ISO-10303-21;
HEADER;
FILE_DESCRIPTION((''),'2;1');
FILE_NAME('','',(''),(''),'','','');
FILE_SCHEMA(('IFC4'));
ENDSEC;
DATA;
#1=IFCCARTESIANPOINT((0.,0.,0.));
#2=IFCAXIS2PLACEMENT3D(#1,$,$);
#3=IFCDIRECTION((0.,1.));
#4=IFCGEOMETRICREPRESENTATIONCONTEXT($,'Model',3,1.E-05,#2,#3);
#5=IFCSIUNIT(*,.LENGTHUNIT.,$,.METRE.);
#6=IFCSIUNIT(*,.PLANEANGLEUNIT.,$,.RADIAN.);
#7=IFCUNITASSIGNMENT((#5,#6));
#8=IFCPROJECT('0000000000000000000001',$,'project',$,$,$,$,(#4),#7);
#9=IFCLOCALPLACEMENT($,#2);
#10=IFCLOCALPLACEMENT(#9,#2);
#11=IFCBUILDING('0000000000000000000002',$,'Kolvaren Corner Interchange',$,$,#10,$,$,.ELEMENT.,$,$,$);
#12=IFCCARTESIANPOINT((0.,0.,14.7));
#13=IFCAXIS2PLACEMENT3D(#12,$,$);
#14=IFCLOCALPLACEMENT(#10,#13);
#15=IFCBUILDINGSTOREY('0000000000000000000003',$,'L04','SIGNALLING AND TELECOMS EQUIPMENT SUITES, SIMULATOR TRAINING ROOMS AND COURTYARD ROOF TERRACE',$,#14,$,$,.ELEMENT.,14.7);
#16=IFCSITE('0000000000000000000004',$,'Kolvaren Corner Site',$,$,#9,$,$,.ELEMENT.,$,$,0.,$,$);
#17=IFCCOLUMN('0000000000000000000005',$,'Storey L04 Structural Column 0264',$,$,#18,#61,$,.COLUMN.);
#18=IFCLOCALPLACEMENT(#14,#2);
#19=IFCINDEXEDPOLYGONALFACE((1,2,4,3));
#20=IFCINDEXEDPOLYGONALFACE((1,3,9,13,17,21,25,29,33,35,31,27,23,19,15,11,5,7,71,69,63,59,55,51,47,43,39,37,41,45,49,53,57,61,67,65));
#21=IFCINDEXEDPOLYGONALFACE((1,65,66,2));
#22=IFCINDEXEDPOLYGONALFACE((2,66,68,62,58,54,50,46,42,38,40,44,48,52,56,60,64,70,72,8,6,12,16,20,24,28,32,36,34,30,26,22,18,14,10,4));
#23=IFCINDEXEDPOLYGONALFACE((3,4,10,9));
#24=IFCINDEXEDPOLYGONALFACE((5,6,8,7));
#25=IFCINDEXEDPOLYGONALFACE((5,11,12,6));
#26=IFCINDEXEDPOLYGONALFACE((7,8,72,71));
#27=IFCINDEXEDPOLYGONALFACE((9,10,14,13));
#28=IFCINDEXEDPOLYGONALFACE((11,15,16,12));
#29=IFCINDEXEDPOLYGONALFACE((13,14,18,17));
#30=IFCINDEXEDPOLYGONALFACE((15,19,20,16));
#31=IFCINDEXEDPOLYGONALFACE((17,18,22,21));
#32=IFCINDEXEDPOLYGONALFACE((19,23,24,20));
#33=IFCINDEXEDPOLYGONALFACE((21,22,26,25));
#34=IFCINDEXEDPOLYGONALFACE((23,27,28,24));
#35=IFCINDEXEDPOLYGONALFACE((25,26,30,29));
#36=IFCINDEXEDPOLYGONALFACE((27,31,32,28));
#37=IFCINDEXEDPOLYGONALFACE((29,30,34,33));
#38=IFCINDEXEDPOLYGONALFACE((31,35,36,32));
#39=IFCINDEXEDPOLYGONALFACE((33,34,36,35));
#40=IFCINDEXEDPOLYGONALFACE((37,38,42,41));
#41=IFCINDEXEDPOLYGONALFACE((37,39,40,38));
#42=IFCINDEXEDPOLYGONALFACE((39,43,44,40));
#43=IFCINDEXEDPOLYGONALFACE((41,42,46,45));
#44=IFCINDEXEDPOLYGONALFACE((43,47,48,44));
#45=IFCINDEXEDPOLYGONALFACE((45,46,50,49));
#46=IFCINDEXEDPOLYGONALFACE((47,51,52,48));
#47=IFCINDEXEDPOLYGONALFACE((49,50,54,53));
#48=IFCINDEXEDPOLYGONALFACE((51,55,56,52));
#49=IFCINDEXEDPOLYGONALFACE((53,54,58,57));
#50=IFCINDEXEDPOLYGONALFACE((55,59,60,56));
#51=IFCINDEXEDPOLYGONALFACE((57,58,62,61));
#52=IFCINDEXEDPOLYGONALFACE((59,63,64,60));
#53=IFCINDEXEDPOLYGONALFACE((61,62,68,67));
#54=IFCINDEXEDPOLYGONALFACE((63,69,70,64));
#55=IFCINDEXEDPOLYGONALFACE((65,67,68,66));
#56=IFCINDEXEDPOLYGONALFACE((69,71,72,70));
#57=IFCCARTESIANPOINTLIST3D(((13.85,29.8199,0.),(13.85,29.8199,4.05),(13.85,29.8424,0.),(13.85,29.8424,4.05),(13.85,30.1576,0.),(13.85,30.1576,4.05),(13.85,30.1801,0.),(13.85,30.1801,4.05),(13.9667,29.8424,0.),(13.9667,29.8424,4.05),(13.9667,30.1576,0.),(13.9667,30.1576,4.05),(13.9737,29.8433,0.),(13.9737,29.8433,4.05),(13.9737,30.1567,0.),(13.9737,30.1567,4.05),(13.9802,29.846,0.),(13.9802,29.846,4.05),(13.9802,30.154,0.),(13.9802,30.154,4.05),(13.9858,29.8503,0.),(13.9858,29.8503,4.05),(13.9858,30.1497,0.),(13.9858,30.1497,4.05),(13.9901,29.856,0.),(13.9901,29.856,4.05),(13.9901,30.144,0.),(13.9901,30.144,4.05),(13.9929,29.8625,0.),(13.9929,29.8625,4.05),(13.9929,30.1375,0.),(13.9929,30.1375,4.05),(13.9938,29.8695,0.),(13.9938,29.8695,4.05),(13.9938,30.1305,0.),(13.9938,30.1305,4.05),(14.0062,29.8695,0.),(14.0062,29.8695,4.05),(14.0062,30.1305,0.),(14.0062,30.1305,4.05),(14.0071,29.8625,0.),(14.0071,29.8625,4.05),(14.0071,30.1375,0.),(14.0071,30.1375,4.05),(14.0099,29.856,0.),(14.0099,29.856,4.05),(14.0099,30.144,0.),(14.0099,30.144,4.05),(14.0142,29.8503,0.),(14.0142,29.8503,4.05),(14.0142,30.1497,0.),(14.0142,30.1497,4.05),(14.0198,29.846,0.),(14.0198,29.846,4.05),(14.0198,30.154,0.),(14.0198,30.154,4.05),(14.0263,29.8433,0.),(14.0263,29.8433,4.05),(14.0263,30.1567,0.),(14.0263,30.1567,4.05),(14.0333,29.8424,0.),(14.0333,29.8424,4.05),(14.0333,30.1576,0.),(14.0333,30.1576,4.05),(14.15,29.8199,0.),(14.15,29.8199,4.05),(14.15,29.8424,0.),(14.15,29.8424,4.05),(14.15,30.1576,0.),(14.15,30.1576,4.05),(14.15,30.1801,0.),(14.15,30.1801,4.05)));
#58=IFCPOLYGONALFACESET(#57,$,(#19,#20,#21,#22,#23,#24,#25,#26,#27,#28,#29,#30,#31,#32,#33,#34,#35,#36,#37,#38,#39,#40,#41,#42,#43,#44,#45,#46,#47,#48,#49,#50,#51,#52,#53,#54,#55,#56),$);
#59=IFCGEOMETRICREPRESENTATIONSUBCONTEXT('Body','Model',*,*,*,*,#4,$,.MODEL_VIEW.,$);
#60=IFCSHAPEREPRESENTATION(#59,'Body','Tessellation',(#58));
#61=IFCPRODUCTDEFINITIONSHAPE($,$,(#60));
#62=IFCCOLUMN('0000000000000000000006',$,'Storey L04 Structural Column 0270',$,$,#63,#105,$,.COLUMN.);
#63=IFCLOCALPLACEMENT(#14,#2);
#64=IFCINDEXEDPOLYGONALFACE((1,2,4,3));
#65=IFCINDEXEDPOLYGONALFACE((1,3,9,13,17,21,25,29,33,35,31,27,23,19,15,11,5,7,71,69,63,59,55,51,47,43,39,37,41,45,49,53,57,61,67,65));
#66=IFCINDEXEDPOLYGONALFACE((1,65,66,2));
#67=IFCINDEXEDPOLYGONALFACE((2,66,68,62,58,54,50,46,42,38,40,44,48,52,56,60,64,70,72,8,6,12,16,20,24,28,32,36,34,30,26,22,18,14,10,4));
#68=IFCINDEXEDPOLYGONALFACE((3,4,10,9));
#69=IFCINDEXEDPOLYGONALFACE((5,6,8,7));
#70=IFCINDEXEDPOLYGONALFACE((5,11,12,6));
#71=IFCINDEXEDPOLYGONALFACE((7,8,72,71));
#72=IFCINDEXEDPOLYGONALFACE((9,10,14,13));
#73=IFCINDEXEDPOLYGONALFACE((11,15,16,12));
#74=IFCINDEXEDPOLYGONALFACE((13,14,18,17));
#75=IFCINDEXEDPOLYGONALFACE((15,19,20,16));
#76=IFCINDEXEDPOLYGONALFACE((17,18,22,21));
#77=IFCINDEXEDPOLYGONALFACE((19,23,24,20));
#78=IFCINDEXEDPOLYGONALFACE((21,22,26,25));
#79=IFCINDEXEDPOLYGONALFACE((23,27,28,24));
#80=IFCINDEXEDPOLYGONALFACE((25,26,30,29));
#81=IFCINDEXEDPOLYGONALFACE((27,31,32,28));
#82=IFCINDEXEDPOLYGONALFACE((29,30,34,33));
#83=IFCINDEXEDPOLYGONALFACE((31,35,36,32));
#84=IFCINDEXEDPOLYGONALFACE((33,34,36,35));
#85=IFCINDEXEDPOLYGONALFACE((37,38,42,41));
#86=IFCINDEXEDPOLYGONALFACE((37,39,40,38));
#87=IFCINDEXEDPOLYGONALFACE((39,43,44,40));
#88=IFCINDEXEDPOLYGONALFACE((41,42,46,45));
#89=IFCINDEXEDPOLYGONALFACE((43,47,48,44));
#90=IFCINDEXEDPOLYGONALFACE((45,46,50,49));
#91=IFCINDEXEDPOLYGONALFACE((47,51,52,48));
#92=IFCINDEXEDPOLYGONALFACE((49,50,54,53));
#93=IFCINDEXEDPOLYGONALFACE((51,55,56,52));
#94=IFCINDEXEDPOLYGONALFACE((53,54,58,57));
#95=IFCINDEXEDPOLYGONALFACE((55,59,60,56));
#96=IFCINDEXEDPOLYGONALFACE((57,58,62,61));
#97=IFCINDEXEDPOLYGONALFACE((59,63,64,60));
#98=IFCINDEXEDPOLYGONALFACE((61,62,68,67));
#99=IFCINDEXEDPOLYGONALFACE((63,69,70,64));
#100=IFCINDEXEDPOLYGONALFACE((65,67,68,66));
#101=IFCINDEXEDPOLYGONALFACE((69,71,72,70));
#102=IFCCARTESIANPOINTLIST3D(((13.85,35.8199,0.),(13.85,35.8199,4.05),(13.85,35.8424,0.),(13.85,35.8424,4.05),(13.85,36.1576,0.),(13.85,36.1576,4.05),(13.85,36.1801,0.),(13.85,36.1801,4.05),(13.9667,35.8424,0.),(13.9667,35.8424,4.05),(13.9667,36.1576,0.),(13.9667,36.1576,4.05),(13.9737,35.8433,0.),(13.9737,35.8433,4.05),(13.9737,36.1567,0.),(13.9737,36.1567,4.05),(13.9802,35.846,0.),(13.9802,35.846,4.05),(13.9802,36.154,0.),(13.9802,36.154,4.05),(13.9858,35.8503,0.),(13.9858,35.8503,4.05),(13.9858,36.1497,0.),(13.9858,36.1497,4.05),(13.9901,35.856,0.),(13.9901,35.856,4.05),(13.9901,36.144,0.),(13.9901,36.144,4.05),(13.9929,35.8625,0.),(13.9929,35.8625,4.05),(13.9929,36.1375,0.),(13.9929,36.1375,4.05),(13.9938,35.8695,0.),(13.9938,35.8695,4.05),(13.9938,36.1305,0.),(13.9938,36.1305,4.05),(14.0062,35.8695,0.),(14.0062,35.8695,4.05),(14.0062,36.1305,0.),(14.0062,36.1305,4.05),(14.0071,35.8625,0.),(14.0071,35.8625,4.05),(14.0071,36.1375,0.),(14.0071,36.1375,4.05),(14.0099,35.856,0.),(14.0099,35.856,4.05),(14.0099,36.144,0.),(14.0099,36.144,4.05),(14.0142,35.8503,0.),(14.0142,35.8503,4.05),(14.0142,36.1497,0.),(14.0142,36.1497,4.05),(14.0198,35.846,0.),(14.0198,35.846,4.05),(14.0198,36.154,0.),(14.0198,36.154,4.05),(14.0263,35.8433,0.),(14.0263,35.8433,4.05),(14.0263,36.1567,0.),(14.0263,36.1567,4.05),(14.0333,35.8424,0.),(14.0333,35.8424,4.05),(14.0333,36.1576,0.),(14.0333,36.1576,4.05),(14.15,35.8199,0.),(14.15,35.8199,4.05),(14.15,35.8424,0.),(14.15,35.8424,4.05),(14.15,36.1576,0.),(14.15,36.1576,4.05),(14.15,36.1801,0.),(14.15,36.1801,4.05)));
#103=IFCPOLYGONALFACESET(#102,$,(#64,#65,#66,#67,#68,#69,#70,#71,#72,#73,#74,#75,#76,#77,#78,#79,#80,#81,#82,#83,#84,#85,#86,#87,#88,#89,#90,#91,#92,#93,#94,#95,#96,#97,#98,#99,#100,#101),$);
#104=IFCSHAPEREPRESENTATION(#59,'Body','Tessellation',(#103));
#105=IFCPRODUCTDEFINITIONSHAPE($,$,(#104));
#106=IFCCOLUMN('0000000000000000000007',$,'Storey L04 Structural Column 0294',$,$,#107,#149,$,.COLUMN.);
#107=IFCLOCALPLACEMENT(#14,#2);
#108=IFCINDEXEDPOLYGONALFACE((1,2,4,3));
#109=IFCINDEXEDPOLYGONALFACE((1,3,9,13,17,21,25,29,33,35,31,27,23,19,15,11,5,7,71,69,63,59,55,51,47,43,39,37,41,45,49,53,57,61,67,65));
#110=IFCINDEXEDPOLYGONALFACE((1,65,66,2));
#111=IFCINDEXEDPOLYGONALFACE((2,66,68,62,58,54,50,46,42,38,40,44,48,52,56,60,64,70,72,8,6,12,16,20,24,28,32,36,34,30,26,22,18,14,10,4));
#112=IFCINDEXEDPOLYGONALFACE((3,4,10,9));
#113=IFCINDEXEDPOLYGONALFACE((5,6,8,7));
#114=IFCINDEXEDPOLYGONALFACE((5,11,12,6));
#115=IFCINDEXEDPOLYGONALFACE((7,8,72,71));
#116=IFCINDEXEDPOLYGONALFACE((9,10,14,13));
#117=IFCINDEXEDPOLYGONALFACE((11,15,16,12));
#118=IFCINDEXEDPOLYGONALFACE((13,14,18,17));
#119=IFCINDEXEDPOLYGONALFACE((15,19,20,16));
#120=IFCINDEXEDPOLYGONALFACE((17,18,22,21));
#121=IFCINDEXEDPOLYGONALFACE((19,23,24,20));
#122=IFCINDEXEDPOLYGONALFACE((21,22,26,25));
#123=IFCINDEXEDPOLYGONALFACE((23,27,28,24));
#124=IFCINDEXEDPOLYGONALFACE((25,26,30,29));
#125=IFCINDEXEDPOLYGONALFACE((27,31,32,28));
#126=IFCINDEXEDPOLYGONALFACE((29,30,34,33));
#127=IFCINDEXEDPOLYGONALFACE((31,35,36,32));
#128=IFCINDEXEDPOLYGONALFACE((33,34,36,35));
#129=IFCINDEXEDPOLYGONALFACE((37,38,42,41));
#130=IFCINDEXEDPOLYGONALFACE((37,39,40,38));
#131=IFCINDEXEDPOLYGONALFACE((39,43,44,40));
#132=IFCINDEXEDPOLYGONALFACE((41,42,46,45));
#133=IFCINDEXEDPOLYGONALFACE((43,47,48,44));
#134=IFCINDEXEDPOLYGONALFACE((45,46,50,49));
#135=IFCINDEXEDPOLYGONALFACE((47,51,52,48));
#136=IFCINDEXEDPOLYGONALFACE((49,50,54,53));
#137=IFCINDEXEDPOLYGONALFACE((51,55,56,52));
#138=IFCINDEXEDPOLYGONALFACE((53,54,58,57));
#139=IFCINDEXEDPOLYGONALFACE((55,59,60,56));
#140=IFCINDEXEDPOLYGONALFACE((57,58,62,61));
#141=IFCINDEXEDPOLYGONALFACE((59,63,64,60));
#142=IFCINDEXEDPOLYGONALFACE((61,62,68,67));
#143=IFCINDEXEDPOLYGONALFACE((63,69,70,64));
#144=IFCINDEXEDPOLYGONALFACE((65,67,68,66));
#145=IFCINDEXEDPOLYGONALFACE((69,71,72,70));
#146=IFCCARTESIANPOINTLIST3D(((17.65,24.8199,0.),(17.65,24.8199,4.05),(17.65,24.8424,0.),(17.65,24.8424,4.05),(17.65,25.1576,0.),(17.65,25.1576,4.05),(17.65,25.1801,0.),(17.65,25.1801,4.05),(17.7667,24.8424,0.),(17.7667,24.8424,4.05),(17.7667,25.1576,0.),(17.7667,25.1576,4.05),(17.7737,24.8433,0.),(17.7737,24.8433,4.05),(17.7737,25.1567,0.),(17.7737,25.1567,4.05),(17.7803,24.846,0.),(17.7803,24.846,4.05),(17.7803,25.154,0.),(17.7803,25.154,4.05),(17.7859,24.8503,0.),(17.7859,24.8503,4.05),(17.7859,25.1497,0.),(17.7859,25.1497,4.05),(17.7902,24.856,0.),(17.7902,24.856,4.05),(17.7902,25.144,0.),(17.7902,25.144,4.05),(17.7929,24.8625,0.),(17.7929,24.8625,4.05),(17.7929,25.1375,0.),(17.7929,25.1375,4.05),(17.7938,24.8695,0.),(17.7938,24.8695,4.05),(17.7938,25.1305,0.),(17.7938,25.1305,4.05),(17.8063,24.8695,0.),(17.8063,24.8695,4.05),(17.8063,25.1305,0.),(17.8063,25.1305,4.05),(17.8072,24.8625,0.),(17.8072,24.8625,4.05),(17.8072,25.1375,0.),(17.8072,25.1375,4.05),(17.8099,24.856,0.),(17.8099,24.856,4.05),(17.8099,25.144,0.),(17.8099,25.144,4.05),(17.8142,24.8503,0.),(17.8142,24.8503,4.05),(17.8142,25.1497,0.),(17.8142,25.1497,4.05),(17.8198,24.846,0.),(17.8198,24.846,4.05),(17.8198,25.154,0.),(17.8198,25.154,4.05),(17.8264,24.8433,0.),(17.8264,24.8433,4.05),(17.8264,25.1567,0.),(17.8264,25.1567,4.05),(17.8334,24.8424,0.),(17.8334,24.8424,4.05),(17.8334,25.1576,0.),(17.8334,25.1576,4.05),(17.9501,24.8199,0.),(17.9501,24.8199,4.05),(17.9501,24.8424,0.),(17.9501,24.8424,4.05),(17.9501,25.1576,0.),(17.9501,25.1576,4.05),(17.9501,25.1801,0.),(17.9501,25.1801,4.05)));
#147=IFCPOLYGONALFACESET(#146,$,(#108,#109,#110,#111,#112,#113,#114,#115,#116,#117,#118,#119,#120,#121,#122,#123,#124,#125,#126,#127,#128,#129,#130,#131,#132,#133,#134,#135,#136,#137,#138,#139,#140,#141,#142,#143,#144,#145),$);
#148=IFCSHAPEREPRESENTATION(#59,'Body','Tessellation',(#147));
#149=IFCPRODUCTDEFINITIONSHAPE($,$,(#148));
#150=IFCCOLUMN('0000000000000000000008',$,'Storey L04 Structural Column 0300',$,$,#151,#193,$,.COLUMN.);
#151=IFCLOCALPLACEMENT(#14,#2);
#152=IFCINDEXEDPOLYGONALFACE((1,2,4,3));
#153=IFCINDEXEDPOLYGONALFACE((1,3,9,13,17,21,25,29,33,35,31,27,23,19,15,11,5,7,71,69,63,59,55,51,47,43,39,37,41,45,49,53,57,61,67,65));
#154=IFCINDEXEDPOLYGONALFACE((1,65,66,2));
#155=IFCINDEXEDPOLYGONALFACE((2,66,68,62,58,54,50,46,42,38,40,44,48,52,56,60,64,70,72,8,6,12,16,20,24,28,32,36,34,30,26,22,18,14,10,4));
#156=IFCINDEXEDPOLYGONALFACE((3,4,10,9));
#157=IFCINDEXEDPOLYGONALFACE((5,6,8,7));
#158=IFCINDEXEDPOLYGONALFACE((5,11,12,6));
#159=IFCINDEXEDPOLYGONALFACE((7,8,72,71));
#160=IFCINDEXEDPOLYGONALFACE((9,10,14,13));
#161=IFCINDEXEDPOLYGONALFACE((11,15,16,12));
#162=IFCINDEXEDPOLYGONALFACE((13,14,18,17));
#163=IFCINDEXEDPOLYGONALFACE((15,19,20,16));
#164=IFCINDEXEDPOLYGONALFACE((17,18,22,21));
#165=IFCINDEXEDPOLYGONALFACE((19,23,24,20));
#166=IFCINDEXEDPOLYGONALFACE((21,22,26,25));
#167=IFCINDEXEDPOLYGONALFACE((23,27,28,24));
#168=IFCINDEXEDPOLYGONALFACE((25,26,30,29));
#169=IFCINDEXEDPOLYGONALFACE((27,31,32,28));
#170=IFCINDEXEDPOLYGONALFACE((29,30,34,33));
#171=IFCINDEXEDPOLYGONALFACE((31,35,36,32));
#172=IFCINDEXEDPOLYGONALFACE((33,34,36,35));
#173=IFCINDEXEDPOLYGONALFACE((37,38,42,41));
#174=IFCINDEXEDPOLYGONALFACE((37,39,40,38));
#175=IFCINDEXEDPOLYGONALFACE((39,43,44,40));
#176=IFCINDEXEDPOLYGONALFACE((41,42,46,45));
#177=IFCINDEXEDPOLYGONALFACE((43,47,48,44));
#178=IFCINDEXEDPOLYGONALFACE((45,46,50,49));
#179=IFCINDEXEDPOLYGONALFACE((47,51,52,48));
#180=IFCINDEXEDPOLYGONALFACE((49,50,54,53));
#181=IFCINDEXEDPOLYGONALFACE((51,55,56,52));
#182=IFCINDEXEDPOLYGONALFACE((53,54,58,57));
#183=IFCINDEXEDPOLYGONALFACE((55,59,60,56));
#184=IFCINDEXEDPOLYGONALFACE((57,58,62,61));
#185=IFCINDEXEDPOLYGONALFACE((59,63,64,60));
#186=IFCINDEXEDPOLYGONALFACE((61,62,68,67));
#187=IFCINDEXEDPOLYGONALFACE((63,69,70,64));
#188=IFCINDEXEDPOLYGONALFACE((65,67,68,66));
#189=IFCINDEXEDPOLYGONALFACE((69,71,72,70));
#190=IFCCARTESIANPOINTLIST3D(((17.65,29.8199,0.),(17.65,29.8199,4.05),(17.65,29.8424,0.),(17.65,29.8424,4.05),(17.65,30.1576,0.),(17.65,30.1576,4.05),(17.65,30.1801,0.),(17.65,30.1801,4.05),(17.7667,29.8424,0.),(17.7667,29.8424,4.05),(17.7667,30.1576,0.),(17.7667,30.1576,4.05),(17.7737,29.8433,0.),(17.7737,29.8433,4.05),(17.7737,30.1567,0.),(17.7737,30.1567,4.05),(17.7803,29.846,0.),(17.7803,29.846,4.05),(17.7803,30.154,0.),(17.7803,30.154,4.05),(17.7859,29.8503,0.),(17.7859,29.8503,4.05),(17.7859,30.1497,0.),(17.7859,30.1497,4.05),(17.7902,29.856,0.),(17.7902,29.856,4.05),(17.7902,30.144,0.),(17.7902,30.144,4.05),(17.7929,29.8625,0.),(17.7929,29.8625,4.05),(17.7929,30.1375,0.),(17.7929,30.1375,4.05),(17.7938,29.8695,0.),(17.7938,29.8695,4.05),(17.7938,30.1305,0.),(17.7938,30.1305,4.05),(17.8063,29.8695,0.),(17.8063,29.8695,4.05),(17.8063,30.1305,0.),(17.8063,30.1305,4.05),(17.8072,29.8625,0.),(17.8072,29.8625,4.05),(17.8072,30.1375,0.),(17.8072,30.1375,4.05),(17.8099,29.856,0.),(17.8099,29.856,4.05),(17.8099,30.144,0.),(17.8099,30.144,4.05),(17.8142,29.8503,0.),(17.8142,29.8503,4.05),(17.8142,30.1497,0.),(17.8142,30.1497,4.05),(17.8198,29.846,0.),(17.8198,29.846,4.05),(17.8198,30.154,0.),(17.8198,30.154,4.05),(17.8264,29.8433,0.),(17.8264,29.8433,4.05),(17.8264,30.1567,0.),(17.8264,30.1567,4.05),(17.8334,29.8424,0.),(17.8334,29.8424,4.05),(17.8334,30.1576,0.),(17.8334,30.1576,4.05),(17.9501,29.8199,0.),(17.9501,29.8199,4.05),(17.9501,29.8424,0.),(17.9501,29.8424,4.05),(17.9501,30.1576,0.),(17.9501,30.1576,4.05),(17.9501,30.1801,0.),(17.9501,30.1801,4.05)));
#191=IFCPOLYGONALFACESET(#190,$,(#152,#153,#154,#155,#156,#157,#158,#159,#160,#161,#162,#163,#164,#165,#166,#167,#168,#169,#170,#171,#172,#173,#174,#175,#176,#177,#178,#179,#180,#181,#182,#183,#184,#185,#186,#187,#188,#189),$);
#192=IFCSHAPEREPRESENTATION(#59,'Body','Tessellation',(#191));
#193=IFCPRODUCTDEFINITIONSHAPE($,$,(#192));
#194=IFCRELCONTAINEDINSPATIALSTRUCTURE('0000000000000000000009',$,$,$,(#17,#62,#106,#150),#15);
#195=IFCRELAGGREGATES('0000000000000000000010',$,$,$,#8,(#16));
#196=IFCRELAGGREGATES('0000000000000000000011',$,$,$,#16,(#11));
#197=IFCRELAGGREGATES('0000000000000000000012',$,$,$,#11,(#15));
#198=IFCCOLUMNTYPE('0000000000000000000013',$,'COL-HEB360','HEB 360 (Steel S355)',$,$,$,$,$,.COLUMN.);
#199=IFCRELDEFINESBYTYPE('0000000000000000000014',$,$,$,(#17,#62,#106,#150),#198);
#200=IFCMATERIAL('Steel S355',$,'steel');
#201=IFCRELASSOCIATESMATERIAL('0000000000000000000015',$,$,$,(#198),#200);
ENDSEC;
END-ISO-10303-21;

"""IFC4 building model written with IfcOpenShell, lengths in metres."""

from ifc_helpers import new_model, si_unit, direction, frame, origin, origin_2d, place, context, subcontext, project, spatial, i_section, extrude, material, material_profile, profile_set, type_object, element, save


model = new_model("IFC4")

# Units and contexts
model_context = context("Model", 3, precision=1e-05, world=origin(), true_north=direction((0.0, 1.0)))
body_context = subcontext(model_context, "Body", "Model", "MODEL_VIEW")
ifc_project = project(units=[si_unit("LENGTHUNIT", "METRE"), si_unit("PLANEANGLEUNIT", "RADIAN")], contexts=[model_context])

# Site, building, storey
site_placement = place(None, origin())
site = spatial("IfcSite", under=ifc_project, at=site_placement, Name="Kolvaren Corner Site", CompositionType="ELEMENT", RefElevation=0.0)
building_placement = place(site_placement, origin())
building = spatial("IfcBuilding", under=site, at=building_placement, Name="Kolvaren Corner Interchange", CompositionType="ELEMENT")
storey_placement = place(building_placement, frame((0.0, 0.0, 14.7)))
storey = spatial("IfcBuildingStorey", under=building, at=storey_placement, Name="L04", Description="SIGNALLING AND TELECOMS EQUIPMENT SUITES, SIMULATOR TRAINING ROOMS AND COURTYARD ROOF TERRACE", CompositionType="ELEMENT", Elevation=14.7)

# Columns
ifc_material_1 = material(Name="Steel S355", Category="steel")
ifc_material_profile_1 = material_profile(ifc_material_1, i_section(OverallWidth=0.3, OverallDepth=0.3601, WebThickness=0.0125, FlangeThickness=0.0225, FilletRadius=0.0271, at=origin_2d()), Name="HEB 360")
ifc_profile_set_1 = profile_set([ifc_material_profile_1], Name="Steel S355")
column_type = type_object("IfcColumnType", Name="COL-HEB360", Description="HEB 360 (Steel S355)", PredefinedType="COLUMN", material=ifc_profile_set_1)
for number, where, z_axis, x_axis, name in (
    (1, (14.0, 30.0, 0.0), (0.0, 0.0, 1.0), (1.0, 0.0, 0.0), "Storey L04 Structural Column 0264"),
    (2, (14.0, 36.0, 0.0), (0.0, 0.0, 1.0), (1.0, 0.0, 0.0), "Storey L04 Structural Column 0270"),
    (3, (17.8, 25.0, 0.0), (0.0, 0.0, 1.0), (1.0, 0.0, 0.0), "Storey L04 Structural Column 0294"),
    (4, (17.8, 30.0, 0.0), (0.0, 0.0, 1.0), (1.0, 0.0, 0.0), "Storey L04 Structural Column 0300"),
):
    element("IfcColumn", number, at=place(storey_placement, frame(where, z_axis=z_axis, x_axis=x_axis)), inside=storey, type_object=column_type, Name=name, PredefinedType="COLUMN", context=body_context, shape_type="SweptSolid", body=[
        extrude(i_section(OverallWidth=0.3, OverallDepth=0.3601, WebThickness=0.0125, FlangeThickness=0.0225, FilletRadius=0.0271, at=origin_2d()), origin(), (0.0, 0.0, 1.0), 4.05),
    ])

save(model, "model.ifc")
